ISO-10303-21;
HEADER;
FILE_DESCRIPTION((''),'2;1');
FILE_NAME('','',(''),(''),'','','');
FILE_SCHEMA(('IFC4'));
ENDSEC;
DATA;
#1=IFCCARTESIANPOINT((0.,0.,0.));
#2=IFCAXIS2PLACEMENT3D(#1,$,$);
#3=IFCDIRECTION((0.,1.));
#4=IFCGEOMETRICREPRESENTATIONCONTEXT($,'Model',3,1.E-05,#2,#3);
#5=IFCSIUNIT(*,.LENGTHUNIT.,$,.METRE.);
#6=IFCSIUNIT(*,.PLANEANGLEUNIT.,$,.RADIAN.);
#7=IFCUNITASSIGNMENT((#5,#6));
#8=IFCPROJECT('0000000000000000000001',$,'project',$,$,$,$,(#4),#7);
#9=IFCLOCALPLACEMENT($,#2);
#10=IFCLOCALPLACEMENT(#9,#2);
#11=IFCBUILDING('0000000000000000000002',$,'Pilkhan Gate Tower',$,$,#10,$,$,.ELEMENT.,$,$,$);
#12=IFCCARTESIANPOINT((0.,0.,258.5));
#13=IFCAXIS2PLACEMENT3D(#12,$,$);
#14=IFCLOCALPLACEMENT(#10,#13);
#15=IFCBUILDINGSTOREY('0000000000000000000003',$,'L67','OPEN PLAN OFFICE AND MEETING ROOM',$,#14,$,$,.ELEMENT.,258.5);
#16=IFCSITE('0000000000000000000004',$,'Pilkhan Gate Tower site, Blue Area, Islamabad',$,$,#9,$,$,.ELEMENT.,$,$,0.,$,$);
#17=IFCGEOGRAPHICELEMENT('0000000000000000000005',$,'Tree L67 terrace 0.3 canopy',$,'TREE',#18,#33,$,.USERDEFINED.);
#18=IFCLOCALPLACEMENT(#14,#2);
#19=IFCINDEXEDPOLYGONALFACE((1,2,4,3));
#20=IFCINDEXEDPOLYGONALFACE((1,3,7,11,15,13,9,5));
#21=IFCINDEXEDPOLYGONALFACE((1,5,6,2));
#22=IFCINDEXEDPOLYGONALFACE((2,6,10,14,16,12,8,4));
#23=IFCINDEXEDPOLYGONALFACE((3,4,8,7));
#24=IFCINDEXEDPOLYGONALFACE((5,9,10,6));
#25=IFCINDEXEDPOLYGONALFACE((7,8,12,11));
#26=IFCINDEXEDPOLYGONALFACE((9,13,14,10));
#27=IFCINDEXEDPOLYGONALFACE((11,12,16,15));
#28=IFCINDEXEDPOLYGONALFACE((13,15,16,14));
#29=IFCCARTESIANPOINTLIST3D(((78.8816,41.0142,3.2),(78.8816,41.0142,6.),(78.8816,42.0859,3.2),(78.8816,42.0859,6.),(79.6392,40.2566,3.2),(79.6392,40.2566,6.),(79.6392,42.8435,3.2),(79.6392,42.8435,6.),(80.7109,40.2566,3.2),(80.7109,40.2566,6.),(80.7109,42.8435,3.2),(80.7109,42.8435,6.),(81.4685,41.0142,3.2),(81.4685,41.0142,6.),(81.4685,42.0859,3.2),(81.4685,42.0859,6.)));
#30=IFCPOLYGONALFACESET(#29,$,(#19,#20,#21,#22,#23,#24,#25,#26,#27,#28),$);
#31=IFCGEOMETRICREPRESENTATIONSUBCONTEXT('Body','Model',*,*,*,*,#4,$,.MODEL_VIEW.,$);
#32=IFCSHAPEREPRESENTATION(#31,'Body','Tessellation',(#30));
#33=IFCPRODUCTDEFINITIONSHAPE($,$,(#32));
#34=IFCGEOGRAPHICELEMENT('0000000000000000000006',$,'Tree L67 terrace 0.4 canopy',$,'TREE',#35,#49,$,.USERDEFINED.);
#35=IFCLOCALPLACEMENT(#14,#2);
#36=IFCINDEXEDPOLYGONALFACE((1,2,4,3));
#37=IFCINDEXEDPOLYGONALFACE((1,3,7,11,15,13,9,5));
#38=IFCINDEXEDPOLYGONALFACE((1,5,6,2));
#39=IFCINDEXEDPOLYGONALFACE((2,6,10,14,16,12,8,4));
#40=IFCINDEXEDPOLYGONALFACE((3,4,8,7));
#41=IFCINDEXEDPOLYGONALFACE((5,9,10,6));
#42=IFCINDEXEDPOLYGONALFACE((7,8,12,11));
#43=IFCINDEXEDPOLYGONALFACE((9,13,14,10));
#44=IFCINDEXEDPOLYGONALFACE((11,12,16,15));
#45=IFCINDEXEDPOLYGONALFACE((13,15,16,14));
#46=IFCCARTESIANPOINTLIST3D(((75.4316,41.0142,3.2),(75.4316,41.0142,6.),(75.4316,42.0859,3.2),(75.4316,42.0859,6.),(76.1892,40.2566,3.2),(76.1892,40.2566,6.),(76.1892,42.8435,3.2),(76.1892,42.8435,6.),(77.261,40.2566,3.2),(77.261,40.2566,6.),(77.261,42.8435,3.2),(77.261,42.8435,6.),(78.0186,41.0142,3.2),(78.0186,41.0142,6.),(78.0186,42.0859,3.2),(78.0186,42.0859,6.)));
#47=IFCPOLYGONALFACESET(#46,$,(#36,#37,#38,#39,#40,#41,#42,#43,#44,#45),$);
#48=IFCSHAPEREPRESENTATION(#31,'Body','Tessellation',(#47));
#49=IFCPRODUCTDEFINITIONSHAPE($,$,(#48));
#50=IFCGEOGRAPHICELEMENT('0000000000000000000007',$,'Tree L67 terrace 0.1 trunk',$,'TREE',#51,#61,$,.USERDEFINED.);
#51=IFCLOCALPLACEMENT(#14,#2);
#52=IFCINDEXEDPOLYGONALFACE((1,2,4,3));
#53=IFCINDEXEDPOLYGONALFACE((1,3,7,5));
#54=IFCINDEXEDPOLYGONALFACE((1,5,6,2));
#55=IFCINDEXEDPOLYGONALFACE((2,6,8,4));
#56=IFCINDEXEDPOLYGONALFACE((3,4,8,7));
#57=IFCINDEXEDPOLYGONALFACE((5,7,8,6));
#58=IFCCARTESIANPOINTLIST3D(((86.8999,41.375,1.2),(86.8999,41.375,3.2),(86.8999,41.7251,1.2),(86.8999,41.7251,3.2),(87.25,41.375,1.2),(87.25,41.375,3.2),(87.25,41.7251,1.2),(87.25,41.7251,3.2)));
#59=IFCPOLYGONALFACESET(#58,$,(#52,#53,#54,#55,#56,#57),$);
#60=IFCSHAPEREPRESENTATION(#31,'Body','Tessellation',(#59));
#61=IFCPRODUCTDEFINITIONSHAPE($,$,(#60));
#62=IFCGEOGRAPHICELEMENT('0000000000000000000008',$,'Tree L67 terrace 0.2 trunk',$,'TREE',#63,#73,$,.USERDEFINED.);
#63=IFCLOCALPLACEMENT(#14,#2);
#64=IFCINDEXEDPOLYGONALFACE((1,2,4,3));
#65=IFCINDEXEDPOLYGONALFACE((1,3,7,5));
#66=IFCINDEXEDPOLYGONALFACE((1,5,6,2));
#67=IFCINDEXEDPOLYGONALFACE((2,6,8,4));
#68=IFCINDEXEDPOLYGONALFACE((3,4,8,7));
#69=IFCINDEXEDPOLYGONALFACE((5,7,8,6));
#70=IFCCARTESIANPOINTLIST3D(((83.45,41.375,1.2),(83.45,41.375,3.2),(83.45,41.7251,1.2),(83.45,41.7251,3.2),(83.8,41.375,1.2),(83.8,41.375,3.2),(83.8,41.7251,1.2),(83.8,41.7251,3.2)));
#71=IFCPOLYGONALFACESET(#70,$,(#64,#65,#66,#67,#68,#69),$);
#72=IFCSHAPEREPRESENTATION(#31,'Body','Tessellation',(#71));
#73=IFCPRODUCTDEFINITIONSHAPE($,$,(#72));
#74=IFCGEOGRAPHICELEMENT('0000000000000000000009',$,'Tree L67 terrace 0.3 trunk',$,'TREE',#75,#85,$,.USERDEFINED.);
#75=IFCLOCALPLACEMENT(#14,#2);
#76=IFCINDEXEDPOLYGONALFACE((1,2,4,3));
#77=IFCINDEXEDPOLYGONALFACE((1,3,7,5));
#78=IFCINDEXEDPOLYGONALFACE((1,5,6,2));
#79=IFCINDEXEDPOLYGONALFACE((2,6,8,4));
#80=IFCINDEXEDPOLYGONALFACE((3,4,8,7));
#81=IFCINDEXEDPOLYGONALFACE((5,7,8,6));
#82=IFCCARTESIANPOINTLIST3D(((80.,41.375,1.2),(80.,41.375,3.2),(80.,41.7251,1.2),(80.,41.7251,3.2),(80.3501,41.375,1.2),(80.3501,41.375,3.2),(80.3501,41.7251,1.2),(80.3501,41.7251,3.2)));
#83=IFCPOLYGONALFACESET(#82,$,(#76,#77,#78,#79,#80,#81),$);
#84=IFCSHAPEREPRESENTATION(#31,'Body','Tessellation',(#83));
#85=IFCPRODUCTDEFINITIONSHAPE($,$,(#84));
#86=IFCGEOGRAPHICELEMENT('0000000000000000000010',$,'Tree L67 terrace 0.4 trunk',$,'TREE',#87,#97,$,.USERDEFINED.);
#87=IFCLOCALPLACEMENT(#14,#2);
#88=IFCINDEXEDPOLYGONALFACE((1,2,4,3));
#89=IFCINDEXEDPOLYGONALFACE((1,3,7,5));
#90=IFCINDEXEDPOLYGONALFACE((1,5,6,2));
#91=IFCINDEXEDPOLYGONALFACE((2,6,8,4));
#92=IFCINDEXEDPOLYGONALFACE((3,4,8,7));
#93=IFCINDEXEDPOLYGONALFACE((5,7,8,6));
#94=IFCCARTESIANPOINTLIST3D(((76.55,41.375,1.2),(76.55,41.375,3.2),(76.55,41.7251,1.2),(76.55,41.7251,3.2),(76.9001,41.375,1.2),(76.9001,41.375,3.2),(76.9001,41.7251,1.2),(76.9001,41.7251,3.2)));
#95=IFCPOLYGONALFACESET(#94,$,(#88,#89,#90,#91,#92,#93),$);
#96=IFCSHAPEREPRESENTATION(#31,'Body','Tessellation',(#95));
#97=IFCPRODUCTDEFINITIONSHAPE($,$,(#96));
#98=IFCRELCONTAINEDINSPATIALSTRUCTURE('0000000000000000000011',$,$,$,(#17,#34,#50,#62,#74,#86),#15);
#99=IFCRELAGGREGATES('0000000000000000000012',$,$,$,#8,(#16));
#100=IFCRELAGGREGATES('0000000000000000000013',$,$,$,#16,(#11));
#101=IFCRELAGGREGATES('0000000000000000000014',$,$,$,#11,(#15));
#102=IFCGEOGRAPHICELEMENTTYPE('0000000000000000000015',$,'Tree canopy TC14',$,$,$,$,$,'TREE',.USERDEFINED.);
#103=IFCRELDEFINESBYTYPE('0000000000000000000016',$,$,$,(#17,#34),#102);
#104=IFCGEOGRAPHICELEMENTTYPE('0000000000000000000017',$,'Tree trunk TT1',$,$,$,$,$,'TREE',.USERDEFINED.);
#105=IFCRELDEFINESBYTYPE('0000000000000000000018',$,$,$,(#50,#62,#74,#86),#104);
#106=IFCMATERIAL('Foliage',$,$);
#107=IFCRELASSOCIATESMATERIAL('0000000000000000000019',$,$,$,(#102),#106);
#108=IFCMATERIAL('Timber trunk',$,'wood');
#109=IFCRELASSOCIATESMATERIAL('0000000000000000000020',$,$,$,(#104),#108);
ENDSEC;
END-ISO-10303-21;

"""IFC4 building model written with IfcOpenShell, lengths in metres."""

from ifc_helpers import new_model, si_unit, direction, frame, origin, origin_2d, place, context, subcontext, project, spatial, polyline, rectangle, outline, extrude, material, material_profile, profile_set, type_object, element, save


model = new_model("IFC4")

# Units and contexts
model_context = context("Model", 3, precision=1e-05, world=origin(), true_north=direction((0.0, 1.0)))
body_context = subcontext(model_context, "Body", "Model", "MODEL_VIEW")
ifc_project = project(units=[si_unit("LENGTHUNIT", "METRE"), si_unit("PLANEANGLEUNIT", "RADIAN")], contexts=[model_context])

# Site, building, storey
site_placement = place(None, origin())
site = spatial("IfcSite", under=ifc_project, at=site_placement, Name="Pilkhan Gate Tower site, Blue Area, Islamabad", CompositionType="ELEMENT", RefElevation=0.0)
building_placement = place(site_placement, origin())
building = spatial("IfcBuilding", under=site, at=building_placement, Name="Pilkhan Gate Tower", CompositionType="ELEMENT")
storey_placement = place(building_placement, frame((0.0, 0.0, 258.5)))
storey = spatial("IfcBuildingStorey", under=building, at=storey_placement, Name="L67", Description="OPEN PLAN OFFICE AND MEETING ROOM", CompositionType="ELEMENT", Elevation=258.5)

# Geographic elements
ifc_material_1 = material(Name="Foliage")
ifc_material_profile_1 = material_profile(ifc_material_1, outline(polyline([(1.2935, 0.5359), (0.5359, 1.2935), (-0.5359, 1.2935), (-1.2935, 0.5359), (-1.2935, -0.5359), (-0.5359, -1.2935), (0.5359, -1.2935), (1.2935, -0.5359), (1.2935, 0.5359)])), Name="Canopy D2.8")
ifc_profile_set_1 = profile_set([ifc_material_profile_1], Name="Foliage")
geographic_element_type_1 = type_object("IfcGeographicElementType", Name="Tree canopy TC14", ElementType="TREE", PredefinedType="USERDEFINED", material=ifc_profile_set_1)
for number, where, z_axis, x_axis, name in (
    (1, (80.175, 41.55, 3.2), (0.0, 0.0, 1.0), (1.0, 0.0, 0.0), "Tree L67 terrace 0.3 canopy"),
    (2, (76.7251, 41.55, 3.2), (0.0, 0.0, 1.0), (1.0, 0.0, 0.0), "Tree L67 terrace 0.4 canopy"),
):
    element("IfcGeographicElement", number, at=place(storey_placement, frame(where, z_axis=z_axis, x_axis=x_axis)), inside=storey, type_object=geographic_element_type_1, Name=name, ObjectType="TREE", PredefinedType="USERDEFINED", context=body_context, shape_type="SweptSolid", body=[
        extrude(outline(polyline([(1.2935, 0.5359), (0.5359, 1.2935), (-0.5359, 1.2935), (-1.2935, 0.5359), (-1.2935, -0.5359), (-0.5359, -1.2935), (0.5359, -1.2935), (1.2935, -0.5359), (1.2935, 0.5359)])), origin(), (0.0, 0.0, 1.0), 2.8),
    ])
ifc_material_2 = material(Name="Timber trunk", Category="wood")
geographic_element_type_2 = type_object("IfcGeographicElementType", Name="Tree trunk TT1", ElementType="TREE", PredefinedType="USERDEFINED", material=ifc_material_2)
for number, where, z_axis, x_axis, name in (
    (3, (87.075, 41.55, 1.2), (0.0, 0.0, 1.0), (1.0, 0.0, 0.0), "Tree L67 terrace 0.1 trunk"),
    (4, (83.625, 41.55, 1.2), (0.0, 0.0, 1.0), (1.0, 0.0, 0.0), "Tree L67 terrace 0.2 trunk"),
    (5, (80.175, 41.55, 1.2), (0.0, 0.0, 1.0), (1.0, 0.0, 0.0), "Tree L67 terrace 0.3 trunk"),
    (6, (76.7251, 41.55, 1.2), (0.0, 0.0, 1.0), (1.0, 0.0, 0.0), "Tree L67 terrace 0.4 trunk"),
):
    element("IfcGeographicElement", number, at=place(storey_placement, frame(where, z_axis=z_axis, x_axis=x_axis)), inside=storey, type_object=geographic_element_type_2, Name=name, ObjectType="TREE", PredefinedType="USERDEFINED", context=body_context, shape_type="SweptSolid", body=[
        extrude(rectangle(XDim=0.3501, YDim=0.3501, at=origin_2d()), origin(), (0.0, 0.0, 1.0), 2.0),
    ])

save(model, "model.ifc")
